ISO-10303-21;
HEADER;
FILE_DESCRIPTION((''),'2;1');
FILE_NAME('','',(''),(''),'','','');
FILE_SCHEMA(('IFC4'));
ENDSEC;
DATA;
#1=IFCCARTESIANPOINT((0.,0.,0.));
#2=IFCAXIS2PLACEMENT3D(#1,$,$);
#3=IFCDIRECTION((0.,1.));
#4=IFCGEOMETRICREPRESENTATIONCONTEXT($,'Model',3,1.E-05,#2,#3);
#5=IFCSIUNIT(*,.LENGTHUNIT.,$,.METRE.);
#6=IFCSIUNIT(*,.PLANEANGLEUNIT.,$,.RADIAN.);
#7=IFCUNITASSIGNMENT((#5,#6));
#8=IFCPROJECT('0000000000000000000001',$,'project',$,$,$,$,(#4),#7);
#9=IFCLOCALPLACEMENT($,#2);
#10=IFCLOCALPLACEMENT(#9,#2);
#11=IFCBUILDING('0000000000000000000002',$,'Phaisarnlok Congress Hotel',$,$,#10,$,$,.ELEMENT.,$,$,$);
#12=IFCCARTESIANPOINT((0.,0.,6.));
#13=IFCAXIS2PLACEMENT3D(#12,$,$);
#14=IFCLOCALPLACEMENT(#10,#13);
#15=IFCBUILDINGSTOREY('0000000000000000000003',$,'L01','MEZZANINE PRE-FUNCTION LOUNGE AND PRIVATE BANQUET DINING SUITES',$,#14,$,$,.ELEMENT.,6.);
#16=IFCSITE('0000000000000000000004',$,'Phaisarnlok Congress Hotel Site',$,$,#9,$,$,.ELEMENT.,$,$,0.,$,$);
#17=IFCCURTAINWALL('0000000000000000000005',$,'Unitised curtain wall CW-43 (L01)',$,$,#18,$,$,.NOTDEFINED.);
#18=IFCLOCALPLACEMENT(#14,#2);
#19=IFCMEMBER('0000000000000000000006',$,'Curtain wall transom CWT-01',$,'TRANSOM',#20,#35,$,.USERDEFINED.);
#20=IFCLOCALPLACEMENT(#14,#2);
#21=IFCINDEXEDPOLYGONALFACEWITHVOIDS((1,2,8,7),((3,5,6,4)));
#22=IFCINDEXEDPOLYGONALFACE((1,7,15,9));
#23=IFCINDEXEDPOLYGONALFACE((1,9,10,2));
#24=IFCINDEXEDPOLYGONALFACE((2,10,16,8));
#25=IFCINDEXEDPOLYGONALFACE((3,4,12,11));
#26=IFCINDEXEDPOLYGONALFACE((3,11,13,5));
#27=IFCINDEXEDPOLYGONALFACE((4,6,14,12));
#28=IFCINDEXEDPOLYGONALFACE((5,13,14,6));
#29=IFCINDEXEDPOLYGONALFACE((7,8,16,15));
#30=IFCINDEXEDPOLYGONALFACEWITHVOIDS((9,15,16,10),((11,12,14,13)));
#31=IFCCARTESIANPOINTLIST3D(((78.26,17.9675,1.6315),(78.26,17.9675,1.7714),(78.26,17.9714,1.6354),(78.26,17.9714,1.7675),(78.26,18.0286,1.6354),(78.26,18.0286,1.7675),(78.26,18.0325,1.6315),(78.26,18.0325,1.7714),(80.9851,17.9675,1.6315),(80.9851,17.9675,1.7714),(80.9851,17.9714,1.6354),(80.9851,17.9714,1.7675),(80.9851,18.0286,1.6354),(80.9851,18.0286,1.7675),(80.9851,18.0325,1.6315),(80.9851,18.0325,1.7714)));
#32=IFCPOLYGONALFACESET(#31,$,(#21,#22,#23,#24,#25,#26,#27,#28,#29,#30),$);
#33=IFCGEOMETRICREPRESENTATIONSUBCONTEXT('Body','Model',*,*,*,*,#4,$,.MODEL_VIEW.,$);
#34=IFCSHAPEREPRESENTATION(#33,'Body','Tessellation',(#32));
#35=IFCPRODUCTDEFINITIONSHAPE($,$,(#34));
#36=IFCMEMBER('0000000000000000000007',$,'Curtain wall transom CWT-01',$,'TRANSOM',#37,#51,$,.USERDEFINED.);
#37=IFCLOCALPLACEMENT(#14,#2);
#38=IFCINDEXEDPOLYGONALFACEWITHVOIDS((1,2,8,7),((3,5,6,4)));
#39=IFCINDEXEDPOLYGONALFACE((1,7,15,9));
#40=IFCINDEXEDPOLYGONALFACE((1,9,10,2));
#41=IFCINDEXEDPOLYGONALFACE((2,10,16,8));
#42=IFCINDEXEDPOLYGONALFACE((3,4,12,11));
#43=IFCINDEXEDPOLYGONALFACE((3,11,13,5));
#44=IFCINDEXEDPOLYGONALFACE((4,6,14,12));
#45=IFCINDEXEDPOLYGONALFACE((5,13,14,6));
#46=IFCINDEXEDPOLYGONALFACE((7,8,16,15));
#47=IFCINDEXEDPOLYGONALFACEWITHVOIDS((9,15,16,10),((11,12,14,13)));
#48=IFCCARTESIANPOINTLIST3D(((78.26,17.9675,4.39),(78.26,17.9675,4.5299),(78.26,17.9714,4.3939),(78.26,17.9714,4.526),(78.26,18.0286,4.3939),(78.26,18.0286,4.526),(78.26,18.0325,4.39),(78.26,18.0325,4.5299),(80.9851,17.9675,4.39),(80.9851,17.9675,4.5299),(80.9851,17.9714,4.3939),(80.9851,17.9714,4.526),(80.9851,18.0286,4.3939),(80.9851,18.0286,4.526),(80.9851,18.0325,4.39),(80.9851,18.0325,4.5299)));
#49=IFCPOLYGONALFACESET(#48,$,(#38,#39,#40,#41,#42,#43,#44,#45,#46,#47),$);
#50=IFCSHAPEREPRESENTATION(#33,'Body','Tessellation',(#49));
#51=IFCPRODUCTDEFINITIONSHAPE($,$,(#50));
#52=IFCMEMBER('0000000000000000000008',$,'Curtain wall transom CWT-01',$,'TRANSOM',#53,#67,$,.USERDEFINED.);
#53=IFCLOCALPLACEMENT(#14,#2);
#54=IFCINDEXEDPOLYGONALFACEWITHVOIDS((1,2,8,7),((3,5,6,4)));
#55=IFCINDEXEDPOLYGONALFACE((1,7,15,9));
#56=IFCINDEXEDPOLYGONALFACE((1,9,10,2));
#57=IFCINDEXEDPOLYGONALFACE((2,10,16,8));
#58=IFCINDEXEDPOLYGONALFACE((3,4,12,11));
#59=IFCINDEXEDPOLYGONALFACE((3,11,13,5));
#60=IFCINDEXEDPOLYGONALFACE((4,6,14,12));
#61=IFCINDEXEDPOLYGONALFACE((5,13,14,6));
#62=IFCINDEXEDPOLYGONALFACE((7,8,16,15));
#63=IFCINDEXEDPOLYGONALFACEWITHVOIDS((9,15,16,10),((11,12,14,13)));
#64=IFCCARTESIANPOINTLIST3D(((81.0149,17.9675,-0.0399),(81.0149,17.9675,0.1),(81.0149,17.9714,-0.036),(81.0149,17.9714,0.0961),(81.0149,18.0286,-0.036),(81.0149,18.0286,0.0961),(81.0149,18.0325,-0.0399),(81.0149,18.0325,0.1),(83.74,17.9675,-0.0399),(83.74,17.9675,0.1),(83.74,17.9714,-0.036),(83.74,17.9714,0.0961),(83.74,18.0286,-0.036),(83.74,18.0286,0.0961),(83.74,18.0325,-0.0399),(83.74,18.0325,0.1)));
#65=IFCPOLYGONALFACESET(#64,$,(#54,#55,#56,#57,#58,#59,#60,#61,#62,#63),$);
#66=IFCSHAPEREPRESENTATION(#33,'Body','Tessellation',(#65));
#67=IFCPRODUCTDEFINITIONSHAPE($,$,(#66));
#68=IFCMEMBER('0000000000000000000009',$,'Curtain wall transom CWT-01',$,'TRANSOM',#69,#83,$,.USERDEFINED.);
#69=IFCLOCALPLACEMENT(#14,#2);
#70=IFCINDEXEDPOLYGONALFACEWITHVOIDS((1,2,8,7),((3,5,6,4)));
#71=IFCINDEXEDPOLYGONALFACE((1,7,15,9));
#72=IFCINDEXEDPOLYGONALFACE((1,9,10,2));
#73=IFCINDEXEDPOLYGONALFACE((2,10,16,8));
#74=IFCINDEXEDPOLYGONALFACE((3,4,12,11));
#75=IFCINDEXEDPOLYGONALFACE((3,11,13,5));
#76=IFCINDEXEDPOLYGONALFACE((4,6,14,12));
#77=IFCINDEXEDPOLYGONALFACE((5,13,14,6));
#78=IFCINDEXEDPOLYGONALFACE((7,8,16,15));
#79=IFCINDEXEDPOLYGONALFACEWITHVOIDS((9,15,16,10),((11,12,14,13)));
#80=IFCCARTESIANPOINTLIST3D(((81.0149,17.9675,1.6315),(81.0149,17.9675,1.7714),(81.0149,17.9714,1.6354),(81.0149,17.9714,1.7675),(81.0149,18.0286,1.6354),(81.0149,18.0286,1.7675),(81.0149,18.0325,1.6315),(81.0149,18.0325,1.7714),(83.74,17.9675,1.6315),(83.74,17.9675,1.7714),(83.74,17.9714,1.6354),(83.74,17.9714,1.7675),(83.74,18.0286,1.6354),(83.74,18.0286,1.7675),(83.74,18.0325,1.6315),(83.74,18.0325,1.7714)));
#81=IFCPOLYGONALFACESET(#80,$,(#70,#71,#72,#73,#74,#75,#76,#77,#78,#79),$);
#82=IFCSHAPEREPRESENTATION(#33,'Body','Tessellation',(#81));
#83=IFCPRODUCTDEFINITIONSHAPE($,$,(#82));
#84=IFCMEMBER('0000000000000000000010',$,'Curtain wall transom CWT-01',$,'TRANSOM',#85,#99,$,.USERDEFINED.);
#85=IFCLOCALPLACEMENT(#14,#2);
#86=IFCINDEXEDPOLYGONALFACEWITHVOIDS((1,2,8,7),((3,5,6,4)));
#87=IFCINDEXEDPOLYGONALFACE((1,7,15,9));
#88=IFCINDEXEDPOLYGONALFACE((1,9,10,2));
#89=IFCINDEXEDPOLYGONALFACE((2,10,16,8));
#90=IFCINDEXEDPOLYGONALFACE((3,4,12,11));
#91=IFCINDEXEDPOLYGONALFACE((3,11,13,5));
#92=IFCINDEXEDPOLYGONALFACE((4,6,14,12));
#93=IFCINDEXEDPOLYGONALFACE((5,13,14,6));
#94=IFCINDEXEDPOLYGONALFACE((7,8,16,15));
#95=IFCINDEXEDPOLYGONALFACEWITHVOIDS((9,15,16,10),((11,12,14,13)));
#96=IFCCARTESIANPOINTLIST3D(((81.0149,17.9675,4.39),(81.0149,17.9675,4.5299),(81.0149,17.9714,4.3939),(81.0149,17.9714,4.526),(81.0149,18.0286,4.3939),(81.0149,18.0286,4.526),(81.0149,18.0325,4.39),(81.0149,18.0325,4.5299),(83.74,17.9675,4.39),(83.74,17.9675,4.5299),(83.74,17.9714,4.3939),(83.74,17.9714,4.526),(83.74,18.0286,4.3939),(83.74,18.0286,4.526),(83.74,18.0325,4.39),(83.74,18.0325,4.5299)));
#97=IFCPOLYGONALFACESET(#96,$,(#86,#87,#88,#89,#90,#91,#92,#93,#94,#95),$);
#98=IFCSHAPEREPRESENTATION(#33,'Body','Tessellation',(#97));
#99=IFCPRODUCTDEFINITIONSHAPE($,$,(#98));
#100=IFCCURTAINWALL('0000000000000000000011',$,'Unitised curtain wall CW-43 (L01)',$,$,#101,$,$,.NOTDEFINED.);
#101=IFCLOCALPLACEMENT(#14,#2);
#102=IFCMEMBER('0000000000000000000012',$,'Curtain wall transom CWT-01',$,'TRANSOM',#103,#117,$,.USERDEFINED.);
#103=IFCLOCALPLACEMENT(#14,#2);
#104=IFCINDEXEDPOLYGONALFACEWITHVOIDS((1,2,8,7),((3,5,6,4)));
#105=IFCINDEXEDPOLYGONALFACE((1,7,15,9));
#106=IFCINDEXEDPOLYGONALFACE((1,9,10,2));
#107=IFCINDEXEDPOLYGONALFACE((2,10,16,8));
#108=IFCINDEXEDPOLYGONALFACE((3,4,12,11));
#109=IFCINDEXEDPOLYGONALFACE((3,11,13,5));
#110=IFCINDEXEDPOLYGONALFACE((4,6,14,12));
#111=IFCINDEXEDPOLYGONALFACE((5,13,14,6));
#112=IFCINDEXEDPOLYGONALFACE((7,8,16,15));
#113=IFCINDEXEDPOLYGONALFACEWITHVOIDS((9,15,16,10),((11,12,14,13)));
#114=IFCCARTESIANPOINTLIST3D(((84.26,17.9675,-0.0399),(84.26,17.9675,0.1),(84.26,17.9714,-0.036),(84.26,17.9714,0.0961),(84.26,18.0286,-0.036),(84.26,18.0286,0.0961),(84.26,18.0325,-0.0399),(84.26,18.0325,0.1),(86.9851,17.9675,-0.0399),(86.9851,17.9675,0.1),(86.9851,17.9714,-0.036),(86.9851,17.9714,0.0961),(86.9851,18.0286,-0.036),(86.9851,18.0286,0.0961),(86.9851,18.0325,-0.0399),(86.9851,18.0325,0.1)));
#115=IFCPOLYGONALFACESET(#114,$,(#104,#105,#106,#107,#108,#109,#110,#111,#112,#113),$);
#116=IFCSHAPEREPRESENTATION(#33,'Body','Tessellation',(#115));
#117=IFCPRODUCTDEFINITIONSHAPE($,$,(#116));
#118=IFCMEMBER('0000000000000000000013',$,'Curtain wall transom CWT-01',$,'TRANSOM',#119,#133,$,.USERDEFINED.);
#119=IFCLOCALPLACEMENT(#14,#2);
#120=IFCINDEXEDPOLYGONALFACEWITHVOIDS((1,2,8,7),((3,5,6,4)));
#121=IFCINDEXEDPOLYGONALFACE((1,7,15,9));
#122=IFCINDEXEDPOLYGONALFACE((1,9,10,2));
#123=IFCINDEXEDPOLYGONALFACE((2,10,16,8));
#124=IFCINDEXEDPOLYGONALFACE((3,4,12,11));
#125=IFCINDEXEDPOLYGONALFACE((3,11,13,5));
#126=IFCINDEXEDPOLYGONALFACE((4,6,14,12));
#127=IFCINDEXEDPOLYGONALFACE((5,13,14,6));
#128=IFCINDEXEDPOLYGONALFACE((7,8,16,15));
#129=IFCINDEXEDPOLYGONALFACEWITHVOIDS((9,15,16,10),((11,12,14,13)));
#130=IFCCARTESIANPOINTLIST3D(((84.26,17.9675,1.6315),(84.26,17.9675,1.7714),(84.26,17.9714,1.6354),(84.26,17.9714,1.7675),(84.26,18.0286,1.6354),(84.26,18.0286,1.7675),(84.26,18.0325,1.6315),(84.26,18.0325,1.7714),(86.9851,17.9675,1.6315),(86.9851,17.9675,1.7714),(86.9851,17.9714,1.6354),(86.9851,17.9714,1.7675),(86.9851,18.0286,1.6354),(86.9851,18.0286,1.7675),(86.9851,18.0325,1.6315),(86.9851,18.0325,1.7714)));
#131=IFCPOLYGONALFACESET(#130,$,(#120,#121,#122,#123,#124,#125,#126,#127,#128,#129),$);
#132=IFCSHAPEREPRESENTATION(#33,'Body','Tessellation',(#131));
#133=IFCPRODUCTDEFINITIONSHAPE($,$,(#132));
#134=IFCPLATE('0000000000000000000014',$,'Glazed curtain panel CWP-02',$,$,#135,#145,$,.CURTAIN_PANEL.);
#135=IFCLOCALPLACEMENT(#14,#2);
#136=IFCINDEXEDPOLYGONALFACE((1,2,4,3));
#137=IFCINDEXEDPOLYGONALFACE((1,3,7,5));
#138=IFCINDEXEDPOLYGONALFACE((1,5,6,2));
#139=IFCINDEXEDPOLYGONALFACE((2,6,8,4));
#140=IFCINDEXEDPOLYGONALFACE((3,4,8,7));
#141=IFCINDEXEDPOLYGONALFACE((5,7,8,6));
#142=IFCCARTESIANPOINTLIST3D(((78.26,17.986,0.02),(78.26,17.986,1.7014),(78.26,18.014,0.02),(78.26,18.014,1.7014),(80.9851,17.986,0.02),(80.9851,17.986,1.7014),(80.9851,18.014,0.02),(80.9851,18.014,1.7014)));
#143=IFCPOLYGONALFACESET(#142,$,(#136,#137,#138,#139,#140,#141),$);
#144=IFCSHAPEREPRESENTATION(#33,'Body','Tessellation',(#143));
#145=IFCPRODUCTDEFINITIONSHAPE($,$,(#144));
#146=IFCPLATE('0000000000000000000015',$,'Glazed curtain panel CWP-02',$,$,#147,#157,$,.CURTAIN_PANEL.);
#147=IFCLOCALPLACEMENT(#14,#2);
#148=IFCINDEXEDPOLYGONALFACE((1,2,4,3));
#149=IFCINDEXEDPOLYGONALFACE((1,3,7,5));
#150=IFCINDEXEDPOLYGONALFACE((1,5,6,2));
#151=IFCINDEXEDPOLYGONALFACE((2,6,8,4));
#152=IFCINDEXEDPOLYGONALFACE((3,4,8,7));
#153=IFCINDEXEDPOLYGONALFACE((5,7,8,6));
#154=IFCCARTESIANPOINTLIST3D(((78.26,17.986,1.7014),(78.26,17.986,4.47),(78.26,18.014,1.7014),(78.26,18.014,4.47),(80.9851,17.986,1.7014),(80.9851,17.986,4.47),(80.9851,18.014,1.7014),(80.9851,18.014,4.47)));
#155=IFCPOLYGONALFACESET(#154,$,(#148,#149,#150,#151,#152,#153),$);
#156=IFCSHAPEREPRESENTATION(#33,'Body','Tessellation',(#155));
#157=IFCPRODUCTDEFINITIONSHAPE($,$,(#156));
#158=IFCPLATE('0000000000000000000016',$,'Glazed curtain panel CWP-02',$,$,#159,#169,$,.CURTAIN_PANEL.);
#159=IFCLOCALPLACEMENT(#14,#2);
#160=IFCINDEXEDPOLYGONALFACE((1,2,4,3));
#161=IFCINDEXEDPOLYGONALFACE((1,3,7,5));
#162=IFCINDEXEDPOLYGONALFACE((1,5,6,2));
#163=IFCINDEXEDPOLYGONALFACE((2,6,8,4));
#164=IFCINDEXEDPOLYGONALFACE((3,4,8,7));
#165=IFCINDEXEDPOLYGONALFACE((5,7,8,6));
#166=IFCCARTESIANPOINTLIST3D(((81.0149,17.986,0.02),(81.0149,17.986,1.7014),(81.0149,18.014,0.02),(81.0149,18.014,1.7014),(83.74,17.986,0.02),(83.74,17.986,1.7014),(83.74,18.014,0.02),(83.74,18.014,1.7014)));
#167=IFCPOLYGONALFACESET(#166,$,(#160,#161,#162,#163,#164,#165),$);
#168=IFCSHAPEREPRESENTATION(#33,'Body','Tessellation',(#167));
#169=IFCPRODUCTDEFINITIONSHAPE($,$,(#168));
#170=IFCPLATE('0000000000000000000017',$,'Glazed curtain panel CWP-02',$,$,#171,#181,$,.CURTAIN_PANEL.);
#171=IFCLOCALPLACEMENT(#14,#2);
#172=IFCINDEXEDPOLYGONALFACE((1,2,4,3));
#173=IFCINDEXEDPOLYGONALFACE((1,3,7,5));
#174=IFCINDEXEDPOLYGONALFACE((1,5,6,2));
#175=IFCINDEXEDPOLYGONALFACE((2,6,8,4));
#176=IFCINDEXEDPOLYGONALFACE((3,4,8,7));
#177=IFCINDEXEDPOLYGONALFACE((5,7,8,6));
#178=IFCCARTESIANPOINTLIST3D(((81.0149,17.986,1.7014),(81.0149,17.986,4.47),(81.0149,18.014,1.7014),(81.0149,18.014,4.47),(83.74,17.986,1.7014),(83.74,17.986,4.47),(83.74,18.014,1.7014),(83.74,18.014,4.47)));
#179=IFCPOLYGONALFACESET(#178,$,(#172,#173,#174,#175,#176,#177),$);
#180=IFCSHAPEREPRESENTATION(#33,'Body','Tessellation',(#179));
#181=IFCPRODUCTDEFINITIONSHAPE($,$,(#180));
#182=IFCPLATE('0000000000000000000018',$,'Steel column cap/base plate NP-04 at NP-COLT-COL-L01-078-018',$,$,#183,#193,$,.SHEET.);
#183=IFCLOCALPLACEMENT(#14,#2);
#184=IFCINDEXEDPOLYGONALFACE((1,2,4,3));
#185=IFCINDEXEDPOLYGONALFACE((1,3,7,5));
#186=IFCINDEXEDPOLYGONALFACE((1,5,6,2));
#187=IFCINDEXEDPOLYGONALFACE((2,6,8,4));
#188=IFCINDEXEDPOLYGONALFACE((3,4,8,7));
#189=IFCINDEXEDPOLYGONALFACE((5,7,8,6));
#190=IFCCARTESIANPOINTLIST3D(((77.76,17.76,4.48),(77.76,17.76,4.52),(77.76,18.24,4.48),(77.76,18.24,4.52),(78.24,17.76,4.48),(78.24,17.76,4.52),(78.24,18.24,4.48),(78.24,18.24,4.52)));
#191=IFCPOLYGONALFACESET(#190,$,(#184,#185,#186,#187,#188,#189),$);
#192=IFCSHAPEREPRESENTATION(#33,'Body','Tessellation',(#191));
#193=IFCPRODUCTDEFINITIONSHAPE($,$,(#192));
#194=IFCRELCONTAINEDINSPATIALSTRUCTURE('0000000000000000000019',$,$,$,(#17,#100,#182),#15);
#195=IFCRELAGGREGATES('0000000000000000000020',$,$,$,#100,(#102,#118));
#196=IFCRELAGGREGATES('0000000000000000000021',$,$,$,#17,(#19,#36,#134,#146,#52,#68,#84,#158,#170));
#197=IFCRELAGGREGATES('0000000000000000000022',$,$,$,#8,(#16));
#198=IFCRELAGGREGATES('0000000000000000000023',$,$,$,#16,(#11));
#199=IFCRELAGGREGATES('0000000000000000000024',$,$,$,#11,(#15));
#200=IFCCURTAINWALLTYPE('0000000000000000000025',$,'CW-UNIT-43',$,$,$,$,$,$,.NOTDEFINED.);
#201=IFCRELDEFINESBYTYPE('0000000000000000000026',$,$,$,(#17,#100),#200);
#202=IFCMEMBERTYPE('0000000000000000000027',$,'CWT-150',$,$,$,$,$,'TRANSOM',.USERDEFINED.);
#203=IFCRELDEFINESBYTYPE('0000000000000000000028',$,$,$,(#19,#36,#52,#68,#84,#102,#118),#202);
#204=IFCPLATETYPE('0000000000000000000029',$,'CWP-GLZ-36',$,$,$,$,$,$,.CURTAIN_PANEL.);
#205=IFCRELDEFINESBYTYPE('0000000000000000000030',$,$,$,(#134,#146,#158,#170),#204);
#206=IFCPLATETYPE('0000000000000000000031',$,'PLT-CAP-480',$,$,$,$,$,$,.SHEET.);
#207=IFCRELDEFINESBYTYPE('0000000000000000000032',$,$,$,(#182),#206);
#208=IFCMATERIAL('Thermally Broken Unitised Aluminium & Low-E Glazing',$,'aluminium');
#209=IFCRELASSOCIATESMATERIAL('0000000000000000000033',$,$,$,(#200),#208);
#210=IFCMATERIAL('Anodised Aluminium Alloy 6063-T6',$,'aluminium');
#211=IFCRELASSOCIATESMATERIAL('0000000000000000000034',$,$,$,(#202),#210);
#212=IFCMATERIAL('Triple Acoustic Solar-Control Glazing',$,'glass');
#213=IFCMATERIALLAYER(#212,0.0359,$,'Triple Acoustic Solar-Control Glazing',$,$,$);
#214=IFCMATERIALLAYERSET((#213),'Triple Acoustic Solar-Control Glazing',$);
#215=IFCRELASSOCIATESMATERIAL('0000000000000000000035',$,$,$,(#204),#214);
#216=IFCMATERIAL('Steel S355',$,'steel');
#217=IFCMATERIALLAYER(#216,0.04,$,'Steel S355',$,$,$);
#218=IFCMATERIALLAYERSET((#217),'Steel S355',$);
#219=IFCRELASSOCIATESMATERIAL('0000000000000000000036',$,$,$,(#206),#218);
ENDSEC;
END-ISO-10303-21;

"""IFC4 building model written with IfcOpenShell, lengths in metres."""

from ifc_helpers import new_model, si_unit, direction, frame, frame_2d, origin, origin_2d, place, context, subcontext, project, spatial, rectangle, hollow_rectangle, extrude, material, layer, layer_set, material_profile, profile_set, type_object, element, aggregate, save


model = new_model("IFC4")

# Units and contexts
model_context = context("Model", 3, precision=1e-05, world=origin(), true_north=direction((0.0, 1.0)))
body_context = subcontext(model_context, "Body", "Model", "MODEL_VIEW")
ifc_project = project(units=[si_unit("LENGTHUNIT", "METRE"), si_unit("PLANEANGLEUNIT", "RADIAN")], contexts=[model_context])

# Site, building, storey
site_placement = place(None, origin())
site = spatial("IfcSite", under=ifc_project, at=site_placement, Name="Phaisarnlok Congress Hotel Site", CompositionType="ELEMENT", RefElevation=0.0)
building_placement = place(site_placement, origin())
building = spatial("IfcBuilding", under=site, at=building_placement, Name="Phaisarnlok Congress Hotel", CompositionType="ELEMENT")
storey_placement = place(building_placement, frame((0.0, 0.0, 6.0)))
storey = spatial("IfcBuildingStorey", under=building, at=storey_placement, Name="L01", Description="MEZZANINE PRE-FUNCTION LOUNGE AND PRIVATE BANQUET DINING SUITES", CompositionType="ELEMENT", Elevation=6.0)

# Shared definitions
ifc_material_1 = material(Name="Steel S355", Category="steel")

# Curtain walls, members
ifc_material_2 = material(Name="Thermally Broken Unitised Aluminium & Low-E Glazing", Category="aluminium")
curtain_wall_type = type_object("IfcCurtainWallType", Name="CW-UNIT-43", PredefinedType="NOTDEFINED", material=ifc_material_2)
curtain_wall_1_placement = place(storey_placement, origin())
curtain_wall_1 = element("IfcCurtainWall", 1, at=curtain_wall_1_placement, inside=storey, type_object=curtain_wall_type, Name="Unitised curtain wall CW-43 (L01)", PredefinedType="NOTDEFINED")
ifc_material_3 = material(Name="Anodised Aluminium Alloy 6063-T6", Category="aluminium")
ifc_material_profile_1 = material_profile(ifc_material_3, hollow_rectangle(XDim=0.0649, YDim=0.1399, WallThickness=0.0039, at=origin_2d()), Name="ALU-T 65x140x4")
ifc_profile_set_1 = profile_set([ifc_material_profile_1], Name="Anodised Aluminium Alloy 6063-T6")
member_type_1 = type_object("IfcMemberType", Name="CWT-150", ElementType="TRANSOM", PredefinedType="USERDEFINED", material=ifc_profile_set_1)
member_1_placement = place(storey_placement, frame((78.26, 18.0, 1.7014), z_axis=(1.0, 0.0, 0.0), x_axis=(0.0, 1.0, 0.0)))
member_1 = element("IfcMember", 2, at=member_1_placement, type_object=member_type_1, Name="Curtain wall transom CWT-01", ObjectType="TRANSOM", PredefinedType="USERDEFINED", context=body_context, shape_type="SweptSolid", body=[
    extrude(hollow_rectangle(XDim=0.0649, YDim=0.1399, WallThickness=0.0039, at=origin_2d()), origin(), (0.0, 0.0, 1.0), 2.7251),
])
member_2_placement = place(storey_placement, frame((78.26, 18.0, 4.46), z_axis=(1.0, 0.0, 0.0), x_axis=(0.0, 1.0, 0.0)))
member_2 = element("IfcMember", 3, at=member_2_placement, type_object=member_type_1, Name="Curtain wall transom CWT-01", ObjectType="TRANSOM", PredefinedType="USERDEFINED", context=body_context, shape_type="SweptSolid", body=[
    extrude(hollow_rectangle(XDim=0.0649, YDim=0.1399, WallThickness=0.0039, at=origin_2d()), origin(), (0.0, 0.0, 1.0), 2.7251),
])
member_3_placement = place(storey_placement, frame((81.0149, 18.0, 0.03), z_axis=(1.0, 0.0, 0.0), x_axis=(0.0, 1.0, 0.0)))
member_3 = element("IfcMember", 4, at=member_3_placement, type_object=member_type_1, Name="Curtain wall transom CWT-01", ObjectType="TRANSOM", PredefinedType="USERDEFINED", context=body_context, shape_type="SweptSolid", body=[
    extrude(hollow_rectangle(XDim=0.0649, YDim=0.1399, WallThickness=0.0039, at=origin_2d()), origin(), (0.0, 0.0, 1.0), 2.7251),
])
member_4_placement = place(storey_placement, frame((81.0149, 18.0, 1.7014), z_axis=(1.0, 0.0, 0.0), x_axis=(0.0, 1.0, 0.0)))
member_4 = element("IfcMember", 5, at=member_4_placement, type_object=member_type_1, Name="Curtain wall transom CWT-01", ObjectType="TRANSOM", PredefinedType="USERDEFINED", context=body_context, shape_type="SweptSolid", body=[
    extrude(hollow_rectangle(XDim=0.0649, YDim=0.1399, WallThickness=0.0039, at=origin_2d()), origin(), (0.0, 0.0, 1.0), 2.7251),
])
member_5_placement = place(storey_placement, frame((81.0149, 18.0, 4.46), z_axis=(1.0, 0.0, 0.0), x_axis=(0.0, 1.0, 0.0)))
member_5 = element("IfcMember", 6, at=member_5_placement, type_object=member_type_1, Name="Curtain wall transom CWT-01", ObjectType="TRANSOM", PredefinedType="USERDEFINED", context=body_context, shape_type="SweptSolid", body=[
    extrude(hollow_rectangle(XDim=0.0649, YDim=0.1399, WallThickness=0.0039, at=origin_2d()), origin(), (0.0, 0.0, 1.0), 2.7251),
])
curtain_wall_2_placement = place(storey_placement, origin())
curtain_wall_2 = element("IfcCurtainWall", 7, at=curtain_wall_2_placement, inside=storey, type_object=curtain_wall_type, Name="Unitised curtain wall CW-43 (L01)", PredefinedType="NOTDEFINED")
member_6_placement = place(storey_placement, frame((84.26, 18.0, 0.03), z_axis=(1.0, 0.0, 0.0), x_axis=(0.0, 1.0, 0.0)))
member_6 = element("IfcMember", 8, at=member_6_placement, type_object=member_type_1, Name="Curtain wall transom CWT-01", ObjectType="TRANSOM", PredefinedType="USERDEFINED", context=body_context, shape_type="SweptSolid", body=[
    extrude(hollow_rectangle(XDim=0.0649, YDim=0.1399, WallThickness=0.0039, at=origin_2d()), origin(), (0.0, 0.0, 1.0), 2.7251),
])
member_7_placement = place(storey_placement, frame((84.26, 18.0, 1.7014), z_axis=(1.0, 0.0, 0.0), x_axis=(0.0, 1.0, 0.0)))
member_7 = element("IfcMember", 9, at=member_7_placement, type_object=member_type_1, Name="Curtain wall transom CWT-01", ObjectType="TRANSOM", PredefinedType="USERDEFINED", context=body_context, shape_type="SweptSolid", body=[
    extrude(hollow_rectangle(XDim=0.0649, YDim=0.1399, WallThickness=0.0039, at=origin_2d()), origin(), (0.0, 0.0, 1.0), 2.7251),
])
aggregate(curtain_wall_2, [member_6, member_7])

# Plates
ifc_material_4 = material(Name="Triple Acoustic Solar-Control Glazing", Category="glass")
ifc_layer_1 = layer(ifc_material_4, 0.0359, Name="Triple Acoustic Solar-Control Glazing")
ifc_layer_set_1 = layer_set([ifc_layer_1], Name="Triple Acoustic Solar-Control Glazing")
plate_type_1 = type_object("IfcPlateType", Name="CWP-GLZ-36", PredefinedType="CURTAIN_PANEL", material=ifc_layer_set_1)
plate_1_placement = place(storey_placement, frame((78.26, 18.0, 0.02), z_axis=(0.0, 0.0, 1.0), x_axis=(1.0, 0.0, 0.0)))
plate_1 = element("IfcPlate", 10, at=plate_1_placement, type_object=plate_type_1, Name="Glazed curtain panel CWP-02", PredefinedType="CURTAIN_PANEL", context=body_context, shape_type="SweptSolid", body=[
    extrude(rectangle(XDim=2.7251, YDim=0.0281, at=frame_2d((1.3625, 0.0))), origin(), (0.0, 0.0, 1.0), 1.6814),
])
plate_2_placement = place(storey_placement, frame((78.26, 18.0, 1.7014), z_axis=(0.0, 0.0, 1.0), x_axis=(1.0, 0.0, 0.0)))
plate_2 = element("IfcPlate", 11, at=plate_2_placement, type_object=plate_type_1, Name="Glazed curtain panel CWP-02", PredefinedType="CURTAIN_PANEL", context=body_context, shape_type="SweptSolid", body=[
    extrude(rectangle(XDim=2.7251, YDim=0.0281, at=frame_2d((1.3625, 0.0))), origin(), (0.0, 0.0, 1.0), 2.7686),
])
plate_3_placement = place(storey_placement, frame((81.0149, 18.0, 0.02), z_axis=(0.0, 0.0, 1.0), x_axis=(1.0, 0.0, 0.0)))
plate_3 = element("IfcPlate", 12, at=plate_3_placement, type_object=plate_type_1, Name="Glazed curtain panel CWP-02", PredefinedType="CURTAIN_PANEL", context=body_context, shape_type="SweptSolid", body=[
    extrude(rectangle(XDim=2.7251, YDim=0.0281, at=frame_2d((1.3625, 0.0))), origin(), (0.0, 0.0, 1.0), 1.6814),
])
plate_4_placement = place(storey_placement, frame((81.0149, 18.0, 1.7014), z_axis=(0.0, 0.0, 1.0), x_axis=(1.0, 0.0, 0.0)))
plate_4 = element("IfcPlate", 13, at=plate_4_placement, type_object=plate_type_1, Name="Glazed curtain panel CWP-02", PredefinedType="CURTAIN_PANEL", context=body_context, shape_type="SweptSolid", body=[
    extrude(rectangle(XDim=2.7251, YDim=0.0281, at=frame_2d((1.3625, 0.0))), origin(), (0.0, 0.0, 1.0), 2.7686),
])
aggregate(curtain_wall_1, [member_1, member_2, plate_1, plate_2, member_3, member_4, member_5, plate_3, plate_4])

# Plate
ifc_layer_2 = layer(ifc_material_1, 0.04, Name="Steel S355")
ifc_layer_set_2 = layer_set([ifc_layer_2], Name="Steel S355")
plate_type_2 = type_object("IfcPlateType", Name="PLT-CAP-480", PredefinedType="SHEET", material=ifc_layer_set_2)
for number, where, z_axis, x_axis, name in (
    (14, (78.0, 18.0, 4.48), (0.0, 0.0, 1.0), (1.0, 0.0, 0.0), "Steel column cap/base plate NP-04 at NP-COLT-COL-L01-078-018"),
):
    element("IfcPlate", number, at=place(storey_placement, frame(where, z_axis=z_axis, x_axis=x_axis)), inside=storey, type_object=plate_type_2, Name=name, PredefinedType="SHEET", context=body_context, shape_type="SweptSolid", body=[
        extrude(rectangle(XDim=0.48, YDim=0.48, at=origin_2d()), origin(), (0.0, 0.0, 1.0), 0.04),
    ])

save(model, "model.ifc")
